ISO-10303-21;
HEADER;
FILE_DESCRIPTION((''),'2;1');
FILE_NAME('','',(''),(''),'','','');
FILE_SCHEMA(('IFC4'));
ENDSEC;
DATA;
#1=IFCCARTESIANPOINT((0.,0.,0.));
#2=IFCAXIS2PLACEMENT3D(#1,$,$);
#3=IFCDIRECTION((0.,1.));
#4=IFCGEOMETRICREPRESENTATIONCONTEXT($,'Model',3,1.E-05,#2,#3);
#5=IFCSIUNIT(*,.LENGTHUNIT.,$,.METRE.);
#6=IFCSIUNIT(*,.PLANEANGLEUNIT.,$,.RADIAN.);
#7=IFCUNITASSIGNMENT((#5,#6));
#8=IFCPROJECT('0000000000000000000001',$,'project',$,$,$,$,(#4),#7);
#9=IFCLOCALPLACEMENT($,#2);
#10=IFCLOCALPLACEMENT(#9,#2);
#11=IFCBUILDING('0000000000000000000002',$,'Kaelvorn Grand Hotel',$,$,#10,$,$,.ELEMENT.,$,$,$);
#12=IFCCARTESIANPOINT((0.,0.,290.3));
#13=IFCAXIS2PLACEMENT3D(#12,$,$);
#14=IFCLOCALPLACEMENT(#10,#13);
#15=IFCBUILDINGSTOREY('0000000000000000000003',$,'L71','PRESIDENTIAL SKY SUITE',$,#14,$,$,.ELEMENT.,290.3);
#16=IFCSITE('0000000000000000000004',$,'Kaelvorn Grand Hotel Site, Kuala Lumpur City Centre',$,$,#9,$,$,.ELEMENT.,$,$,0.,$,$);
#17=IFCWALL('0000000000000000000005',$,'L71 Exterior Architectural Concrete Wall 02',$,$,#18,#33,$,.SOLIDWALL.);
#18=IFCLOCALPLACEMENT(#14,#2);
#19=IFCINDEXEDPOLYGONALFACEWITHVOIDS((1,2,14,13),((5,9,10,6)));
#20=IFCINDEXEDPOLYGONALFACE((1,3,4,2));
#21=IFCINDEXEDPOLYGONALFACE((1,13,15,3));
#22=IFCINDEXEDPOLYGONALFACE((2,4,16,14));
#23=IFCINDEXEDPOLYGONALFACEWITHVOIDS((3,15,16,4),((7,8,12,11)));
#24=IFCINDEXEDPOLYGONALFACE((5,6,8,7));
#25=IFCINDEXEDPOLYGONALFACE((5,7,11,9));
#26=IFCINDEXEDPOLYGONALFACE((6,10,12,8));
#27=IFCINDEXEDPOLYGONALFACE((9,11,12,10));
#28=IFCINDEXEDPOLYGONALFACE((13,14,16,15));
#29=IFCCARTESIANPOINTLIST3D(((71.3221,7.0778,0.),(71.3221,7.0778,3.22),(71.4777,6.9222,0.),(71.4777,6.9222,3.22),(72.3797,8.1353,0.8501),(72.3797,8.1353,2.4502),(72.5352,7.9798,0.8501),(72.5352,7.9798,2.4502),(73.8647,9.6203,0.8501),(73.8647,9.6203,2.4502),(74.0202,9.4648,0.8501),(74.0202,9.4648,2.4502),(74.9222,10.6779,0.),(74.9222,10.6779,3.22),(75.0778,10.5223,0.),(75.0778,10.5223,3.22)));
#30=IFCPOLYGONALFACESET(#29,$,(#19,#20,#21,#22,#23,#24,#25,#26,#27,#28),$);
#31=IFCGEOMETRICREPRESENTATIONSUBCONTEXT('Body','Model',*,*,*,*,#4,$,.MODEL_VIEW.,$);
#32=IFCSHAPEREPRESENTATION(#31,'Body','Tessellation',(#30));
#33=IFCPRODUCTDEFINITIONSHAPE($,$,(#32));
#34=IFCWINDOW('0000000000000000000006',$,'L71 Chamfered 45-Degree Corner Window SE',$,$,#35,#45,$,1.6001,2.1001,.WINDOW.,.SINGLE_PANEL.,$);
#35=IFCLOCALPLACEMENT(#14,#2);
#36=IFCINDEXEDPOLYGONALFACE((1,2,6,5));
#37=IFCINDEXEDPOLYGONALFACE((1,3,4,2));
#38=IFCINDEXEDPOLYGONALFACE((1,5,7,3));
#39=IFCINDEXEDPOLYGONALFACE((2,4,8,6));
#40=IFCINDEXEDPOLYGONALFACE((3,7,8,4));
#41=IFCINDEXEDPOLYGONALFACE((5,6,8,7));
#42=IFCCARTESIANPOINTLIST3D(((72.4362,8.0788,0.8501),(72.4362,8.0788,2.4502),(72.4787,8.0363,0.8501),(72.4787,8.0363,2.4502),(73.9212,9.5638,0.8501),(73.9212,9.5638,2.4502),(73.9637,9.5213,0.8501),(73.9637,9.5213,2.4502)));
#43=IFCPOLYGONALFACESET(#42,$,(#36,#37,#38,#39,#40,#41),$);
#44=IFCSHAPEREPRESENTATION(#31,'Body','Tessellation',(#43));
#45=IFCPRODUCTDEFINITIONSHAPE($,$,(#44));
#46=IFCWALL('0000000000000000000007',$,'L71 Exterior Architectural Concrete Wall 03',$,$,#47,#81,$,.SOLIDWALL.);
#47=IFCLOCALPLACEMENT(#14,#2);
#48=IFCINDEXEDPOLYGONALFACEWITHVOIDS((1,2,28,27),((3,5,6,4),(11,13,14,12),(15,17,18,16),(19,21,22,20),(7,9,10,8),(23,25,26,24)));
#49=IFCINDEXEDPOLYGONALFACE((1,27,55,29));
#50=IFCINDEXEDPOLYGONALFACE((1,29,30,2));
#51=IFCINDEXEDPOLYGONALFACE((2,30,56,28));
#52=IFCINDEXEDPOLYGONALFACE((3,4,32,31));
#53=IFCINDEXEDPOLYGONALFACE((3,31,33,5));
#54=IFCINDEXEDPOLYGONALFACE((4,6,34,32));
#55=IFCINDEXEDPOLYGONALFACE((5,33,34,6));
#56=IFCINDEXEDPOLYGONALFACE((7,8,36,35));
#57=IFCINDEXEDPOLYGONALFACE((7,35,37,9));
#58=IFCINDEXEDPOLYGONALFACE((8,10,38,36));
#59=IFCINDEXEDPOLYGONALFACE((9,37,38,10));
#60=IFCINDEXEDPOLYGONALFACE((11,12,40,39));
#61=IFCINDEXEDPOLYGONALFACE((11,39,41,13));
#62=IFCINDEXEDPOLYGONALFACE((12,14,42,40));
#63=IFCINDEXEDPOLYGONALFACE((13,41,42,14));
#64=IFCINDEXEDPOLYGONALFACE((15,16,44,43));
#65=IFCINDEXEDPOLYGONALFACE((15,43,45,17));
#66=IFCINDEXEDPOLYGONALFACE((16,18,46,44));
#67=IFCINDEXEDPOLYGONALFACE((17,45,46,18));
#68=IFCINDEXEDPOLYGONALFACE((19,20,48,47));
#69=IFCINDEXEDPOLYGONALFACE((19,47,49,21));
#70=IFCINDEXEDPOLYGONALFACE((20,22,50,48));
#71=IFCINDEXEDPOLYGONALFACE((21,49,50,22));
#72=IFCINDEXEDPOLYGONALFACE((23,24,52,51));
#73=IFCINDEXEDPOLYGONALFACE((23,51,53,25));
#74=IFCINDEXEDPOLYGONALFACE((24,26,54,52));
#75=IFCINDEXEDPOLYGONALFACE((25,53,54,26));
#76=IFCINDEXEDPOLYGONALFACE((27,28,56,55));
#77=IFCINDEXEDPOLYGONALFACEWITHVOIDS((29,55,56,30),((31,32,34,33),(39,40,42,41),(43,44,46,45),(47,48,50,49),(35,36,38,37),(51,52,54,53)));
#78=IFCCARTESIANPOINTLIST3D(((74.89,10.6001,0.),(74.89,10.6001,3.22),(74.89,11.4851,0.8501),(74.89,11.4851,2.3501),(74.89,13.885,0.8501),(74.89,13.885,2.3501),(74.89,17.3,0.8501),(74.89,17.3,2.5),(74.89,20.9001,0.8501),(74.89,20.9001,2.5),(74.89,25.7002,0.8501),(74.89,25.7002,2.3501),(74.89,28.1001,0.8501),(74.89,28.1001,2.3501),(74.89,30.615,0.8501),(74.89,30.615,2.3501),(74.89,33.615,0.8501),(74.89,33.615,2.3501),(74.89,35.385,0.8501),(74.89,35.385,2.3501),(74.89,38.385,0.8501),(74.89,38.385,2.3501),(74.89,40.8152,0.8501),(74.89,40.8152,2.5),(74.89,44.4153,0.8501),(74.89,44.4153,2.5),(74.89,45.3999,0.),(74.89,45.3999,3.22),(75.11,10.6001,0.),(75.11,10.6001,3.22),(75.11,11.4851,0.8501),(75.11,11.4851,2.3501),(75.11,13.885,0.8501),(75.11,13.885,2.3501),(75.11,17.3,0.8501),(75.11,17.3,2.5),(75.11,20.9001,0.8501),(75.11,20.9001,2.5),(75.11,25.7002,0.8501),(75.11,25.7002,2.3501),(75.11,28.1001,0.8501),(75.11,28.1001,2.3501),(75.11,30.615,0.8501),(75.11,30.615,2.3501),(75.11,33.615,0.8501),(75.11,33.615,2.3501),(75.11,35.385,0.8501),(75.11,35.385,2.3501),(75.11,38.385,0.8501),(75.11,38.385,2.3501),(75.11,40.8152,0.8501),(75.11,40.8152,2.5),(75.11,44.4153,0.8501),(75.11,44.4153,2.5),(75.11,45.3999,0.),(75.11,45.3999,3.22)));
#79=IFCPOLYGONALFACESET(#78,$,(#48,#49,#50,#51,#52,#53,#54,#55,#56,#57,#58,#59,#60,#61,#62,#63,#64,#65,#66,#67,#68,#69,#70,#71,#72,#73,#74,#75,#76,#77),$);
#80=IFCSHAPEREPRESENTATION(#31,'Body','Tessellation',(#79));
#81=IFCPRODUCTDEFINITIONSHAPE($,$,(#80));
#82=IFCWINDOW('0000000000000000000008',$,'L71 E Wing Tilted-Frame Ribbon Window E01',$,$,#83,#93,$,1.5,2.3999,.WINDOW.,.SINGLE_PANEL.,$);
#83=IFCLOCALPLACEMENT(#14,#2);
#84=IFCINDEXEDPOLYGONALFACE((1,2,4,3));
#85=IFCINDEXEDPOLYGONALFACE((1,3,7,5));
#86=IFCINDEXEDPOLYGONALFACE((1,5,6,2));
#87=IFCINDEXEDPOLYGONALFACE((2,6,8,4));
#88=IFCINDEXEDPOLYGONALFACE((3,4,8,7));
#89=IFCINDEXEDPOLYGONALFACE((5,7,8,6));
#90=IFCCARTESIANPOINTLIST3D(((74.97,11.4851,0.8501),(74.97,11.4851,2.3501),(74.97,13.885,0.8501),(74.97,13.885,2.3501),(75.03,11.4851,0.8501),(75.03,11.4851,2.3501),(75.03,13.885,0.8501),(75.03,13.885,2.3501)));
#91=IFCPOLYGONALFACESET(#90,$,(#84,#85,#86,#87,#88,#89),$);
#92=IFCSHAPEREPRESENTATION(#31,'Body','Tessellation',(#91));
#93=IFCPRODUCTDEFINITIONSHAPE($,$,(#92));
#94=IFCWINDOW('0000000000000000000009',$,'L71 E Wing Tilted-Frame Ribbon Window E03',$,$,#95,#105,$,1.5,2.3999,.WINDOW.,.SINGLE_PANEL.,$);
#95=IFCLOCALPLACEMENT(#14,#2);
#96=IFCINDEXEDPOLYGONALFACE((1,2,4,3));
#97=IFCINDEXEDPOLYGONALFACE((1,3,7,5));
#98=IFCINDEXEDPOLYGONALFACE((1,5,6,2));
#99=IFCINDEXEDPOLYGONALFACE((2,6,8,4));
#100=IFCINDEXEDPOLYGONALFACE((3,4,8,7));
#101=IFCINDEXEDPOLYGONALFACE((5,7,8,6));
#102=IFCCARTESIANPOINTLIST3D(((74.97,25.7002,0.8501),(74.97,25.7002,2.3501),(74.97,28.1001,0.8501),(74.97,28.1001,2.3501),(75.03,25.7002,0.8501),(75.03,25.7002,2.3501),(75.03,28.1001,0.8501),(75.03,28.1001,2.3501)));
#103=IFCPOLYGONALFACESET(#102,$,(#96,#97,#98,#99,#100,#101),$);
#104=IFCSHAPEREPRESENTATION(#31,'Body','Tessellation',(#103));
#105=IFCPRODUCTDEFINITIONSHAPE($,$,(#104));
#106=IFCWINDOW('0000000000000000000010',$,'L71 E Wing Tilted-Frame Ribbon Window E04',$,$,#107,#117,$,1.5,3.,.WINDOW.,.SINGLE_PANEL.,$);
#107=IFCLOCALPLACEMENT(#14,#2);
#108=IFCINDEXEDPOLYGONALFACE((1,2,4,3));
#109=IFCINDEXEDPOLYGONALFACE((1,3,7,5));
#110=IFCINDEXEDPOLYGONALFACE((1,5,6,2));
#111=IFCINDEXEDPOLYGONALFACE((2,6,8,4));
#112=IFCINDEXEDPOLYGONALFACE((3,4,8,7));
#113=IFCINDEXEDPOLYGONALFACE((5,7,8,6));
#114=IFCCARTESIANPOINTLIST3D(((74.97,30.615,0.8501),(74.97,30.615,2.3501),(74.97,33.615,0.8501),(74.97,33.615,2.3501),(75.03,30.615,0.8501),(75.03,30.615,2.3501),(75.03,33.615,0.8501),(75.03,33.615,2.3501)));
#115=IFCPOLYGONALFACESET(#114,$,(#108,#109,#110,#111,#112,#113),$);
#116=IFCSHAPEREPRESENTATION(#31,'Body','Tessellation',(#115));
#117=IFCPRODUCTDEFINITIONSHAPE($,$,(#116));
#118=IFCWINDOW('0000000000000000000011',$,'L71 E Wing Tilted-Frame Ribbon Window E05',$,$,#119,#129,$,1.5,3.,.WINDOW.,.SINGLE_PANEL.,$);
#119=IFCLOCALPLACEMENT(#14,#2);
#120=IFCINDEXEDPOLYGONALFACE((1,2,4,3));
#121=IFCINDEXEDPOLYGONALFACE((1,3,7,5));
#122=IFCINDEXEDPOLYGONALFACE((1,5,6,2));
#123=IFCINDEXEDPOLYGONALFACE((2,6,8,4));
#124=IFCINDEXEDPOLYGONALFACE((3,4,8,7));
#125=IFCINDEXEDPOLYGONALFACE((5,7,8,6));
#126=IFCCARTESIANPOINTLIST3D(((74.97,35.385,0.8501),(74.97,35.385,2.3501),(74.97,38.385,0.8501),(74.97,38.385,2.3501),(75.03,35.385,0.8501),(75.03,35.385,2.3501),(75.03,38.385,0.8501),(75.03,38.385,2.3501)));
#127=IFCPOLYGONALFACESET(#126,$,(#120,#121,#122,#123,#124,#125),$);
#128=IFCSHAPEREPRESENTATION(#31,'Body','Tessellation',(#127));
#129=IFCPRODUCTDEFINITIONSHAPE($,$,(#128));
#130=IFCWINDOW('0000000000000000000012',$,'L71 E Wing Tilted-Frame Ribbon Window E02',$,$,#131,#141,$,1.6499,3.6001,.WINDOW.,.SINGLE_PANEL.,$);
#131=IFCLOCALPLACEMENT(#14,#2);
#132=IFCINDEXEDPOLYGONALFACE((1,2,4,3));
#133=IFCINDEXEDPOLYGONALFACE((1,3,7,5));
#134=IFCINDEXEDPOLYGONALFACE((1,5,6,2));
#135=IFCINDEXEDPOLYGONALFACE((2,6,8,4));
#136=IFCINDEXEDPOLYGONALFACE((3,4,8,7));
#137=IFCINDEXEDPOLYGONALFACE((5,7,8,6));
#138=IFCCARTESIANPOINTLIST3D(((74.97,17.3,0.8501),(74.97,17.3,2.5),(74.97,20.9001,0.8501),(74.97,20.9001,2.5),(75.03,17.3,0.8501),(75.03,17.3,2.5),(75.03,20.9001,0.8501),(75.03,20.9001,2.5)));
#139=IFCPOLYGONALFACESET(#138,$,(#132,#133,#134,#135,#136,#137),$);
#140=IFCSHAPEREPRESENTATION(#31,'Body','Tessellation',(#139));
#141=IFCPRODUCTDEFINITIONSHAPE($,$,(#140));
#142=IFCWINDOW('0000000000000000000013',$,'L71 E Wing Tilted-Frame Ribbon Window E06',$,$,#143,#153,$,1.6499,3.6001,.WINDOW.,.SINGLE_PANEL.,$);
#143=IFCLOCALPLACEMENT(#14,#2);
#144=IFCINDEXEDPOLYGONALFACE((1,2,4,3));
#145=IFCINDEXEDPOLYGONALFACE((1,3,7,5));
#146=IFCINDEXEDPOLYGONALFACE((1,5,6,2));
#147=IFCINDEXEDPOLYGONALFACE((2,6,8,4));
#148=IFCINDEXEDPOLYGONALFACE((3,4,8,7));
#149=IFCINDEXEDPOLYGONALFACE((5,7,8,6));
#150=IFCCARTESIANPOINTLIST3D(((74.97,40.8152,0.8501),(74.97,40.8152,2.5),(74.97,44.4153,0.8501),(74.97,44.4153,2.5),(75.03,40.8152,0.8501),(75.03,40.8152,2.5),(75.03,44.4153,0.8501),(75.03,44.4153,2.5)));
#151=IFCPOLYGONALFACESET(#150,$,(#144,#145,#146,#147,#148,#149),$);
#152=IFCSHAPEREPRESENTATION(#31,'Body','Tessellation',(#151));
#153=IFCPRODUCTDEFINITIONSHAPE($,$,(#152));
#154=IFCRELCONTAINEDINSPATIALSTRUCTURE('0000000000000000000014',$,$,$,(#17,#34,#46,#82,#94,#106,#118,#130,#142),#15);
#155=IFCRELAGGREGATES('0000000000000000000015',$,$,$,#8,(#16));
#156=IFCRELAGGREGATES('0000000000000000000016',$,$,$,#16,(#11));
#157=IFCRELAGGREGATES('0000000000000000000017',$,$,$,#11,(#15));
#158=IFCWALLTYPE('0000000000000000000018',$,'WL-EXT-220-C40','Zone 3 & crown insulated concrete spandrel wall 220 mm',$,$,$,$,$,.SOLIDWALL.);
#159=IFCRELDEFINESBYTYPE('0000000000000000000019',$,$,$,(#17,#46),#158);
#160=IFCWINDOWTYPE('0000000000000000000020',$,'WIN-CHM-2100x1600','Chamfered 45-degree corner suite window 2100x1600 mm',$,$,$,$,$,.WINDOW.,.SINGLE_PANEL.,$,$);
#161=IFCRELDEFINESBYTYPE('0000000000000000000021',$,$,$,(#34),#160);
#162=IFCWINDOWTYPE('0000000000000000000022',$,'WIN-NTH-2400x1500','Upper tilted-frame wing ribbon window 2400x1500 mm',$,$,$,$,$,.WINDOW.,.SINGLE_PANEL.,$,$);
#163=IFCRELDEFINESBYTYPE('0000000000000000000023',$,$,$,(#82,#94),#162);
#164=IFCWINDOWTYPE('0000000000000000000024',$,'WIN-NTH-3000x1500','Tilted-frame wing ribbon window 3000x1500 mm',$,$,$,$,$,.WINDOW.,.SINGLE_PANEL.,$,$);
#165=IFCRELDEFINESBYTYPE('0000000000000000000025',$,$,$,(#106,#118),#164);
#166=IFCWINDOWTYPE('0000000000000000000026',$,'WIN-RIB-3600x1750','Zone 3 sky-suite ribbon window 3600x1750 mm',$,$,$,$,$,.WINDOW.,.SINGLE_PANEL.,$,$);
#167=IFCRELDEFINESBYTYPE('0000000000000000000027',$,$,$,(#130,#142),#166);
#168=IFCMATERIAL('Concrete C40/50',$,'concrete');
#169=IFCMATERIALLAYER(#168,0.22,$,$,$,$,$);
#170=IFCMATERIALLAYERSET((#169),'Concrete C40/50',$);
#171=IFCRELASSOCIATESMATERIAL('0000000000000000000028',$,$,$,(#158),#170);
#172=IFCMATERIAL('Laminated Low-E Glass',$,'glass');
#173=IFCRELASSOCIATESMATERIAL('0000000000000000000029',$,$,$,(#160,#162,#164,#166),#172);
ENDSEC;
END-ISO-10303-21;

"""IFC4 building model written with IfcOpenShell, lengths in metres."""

from ifc_helpers import new_model, si_unit, direction, frame, frame_2d, origin, place, context, subcontext, project, spatial, rectangle, extrude, material, layer, layer_set, type_object, element, fill, save


model = new_model("IFC4")

# Units and contexts
model_context = context("Model", 3, precision=1e-05, world=origin(), true_north=direction((0.0, 1.0)))
body_context = subcontext(model_context, "Body", "Model", "MODEL_VIEW")
ifc_project = project(units=[si_unit("LENGTHUNIT", "METRE"), si_unit("PLANEANGLEUNIT", "RADIAN")], contexts=[model_context])

# Site, building, storey
site_placement = place(None, origin())
site = spatial("IfcSite", under=ifc_project, at=site_placement, Name="Kaelvorn Grand Hotel Site, Kuala Lumpur City Centre", CompositionType="ELEMENT", RefElevation=0.0)
building_placement = place(site_placement, origin())
building = spatial("IfcBuilding", under=site, at=building_placement, Name="Kaelvorn Grand Hotel", CompositionType="ELEMENT")
storey_placement = place(building_placement, frame((0.0, 0.0, 290.3)))
storey = spatial("IfcBuildingStorey", under=building, at=storey_placement, Name="L71", Description="PRESIDENTIAL SKY SUITE", CompositionType="ELEMENT", Elevation=290.3)

# Shared definitions
ifc_material_1 = material(Name="Concrete C40/50", Category="concrete")

# Wall, opening, window
ifc_layer_1 = layer(ifc_material_1, 0.22)
ifc_layer_set_1 = layer_set([ifc_layer_1], Name="Concrete C40/50")
wall_type = type_object("IfcWallType", Name="WL-EXT-220-C40", Description="Zone 3 & crown insulated concrete spandrel wall 220 mm", PredefinedType="SOLIDWALL", material=ifc_layer_set_1)
wall_1_placement = place(storey_placement, frame((71.3999, 7.0, 0.0), z_axis=(0.0, 0.0, 1.0), x_axis=(0.707107, 0.707107, 0.0)))
wall_1 = element("IfcWall", 1, at=wall_1_placement, inside=storey, type_object=wall_type, Name="L71 Exterior Architectural Concrete Wall 02", PredefinedType="SOLIDWALL", context=body_context, shape_type="SweptSolid", body=[
    extrude(rectangle(XDim=5.0913, YDim=0.22, at=frame_2d((2.5457, 0.0))), origin(), (0.0, 0.0, 1.0), 3.22),
])
opening_1_placement = place(wall_1_placement, frame((1.4956, 0.0, 0.8501)))
opening_1 = element("IfcOpeningElement", 2, at=opening_1_placement, cuts=wall_1, PredefinedType="OPENING", context=body_context, shape_type="SweptSolid", body=[
    extrude(rectangle(XDim=2.1001, YDim=1.6001, at=frame_2d((1.05, 0.8))), frame((0.0, 0.1201, 0.0), z_axis=(0.0, -1.0, 0.0), x_axis=(1.0, 0.0, 0.0)), (0.0, 0.0, 1.0), 0.24),
])
ifc_material_2 = material(Name="Laminated Low-E Glass", Category="glass")
window_type_1 = type_object("IfcWindowType", Name="WIN-CHM-2100x1600", Description="Chamfered 45-degree corner suite window 2100x1600 mm", PartitioningType="SINGLE_PANEL", PredefinedType="WINDOW", material=ifc_material_2)
window_1_placement = place(opening_1_placement, origin())
window_1 = element("IfcWindow", 3, at=window_1_placement, inside=storey, type_object=window_type_1, Name="L71 Chamfered 45-Degree Corner Window SE", OverallHeight=1.6001, OverallWidth=2.1001, PartitioningType="SINGLE_PANEL", PredefinedType="WINDOW", context=body_context, shape_type="SweptSolid", body=[
    extrude(rectangle(XDim=2.1001, YDim=1.6001, at=frame_2d((1.05, 0.8))), frame((0.0, 0.03, 0.0), z_axis=(0.0, -1.0, 0.0), x_axis=(1.0, 0.0, 0.0)), (0.0, 0.0, 1.0), 0.0601),
])
fill(opening_1, window_1)

# Wall, openings, windows
wall_2_placement = place(storey_placement, frame((75.0, 10.6001, 0.0), z_axis=(0.0, 0.0, 1.0), x_axis=(0.0, 1.0, 0.0)))
wall_2 = element("IfcWall", 4, at=wall_2_placement, inside=storey, type_object=wall_type, Name="L71 Exterior Architectural Concrete Wall 03", PredefinedType="SOLIDWALL", context=body_context, shape_type="SweptSolid", body=[
    extrude(rectangle(XDim=34.7998, YDim=0.22, at=frame_2d((17.3999, 0.0))), origin(), (0.0, 0.0, 1.0), 3.22),
])
opening_2_placement = place(wall_2_placement, frame((0.885, 0.0, 0.8501)))
opening_2 = element("IfcOpeningElement", 5, at=opening_2_placement, cuts=wall_2, PredefinedType="OPENING", context=body_context, shape_type="SweptSolid", body=[
    extrude(rectangle(XDim=2.3999, YDim=1.5, at=frame_2d((1.2, 0.75))), frame((0.0, 0.1201, 0.0), z_axis=(0.0, -1.0, 0.0), x_axis=(1.0, 0.0, 0.0)), (0.0, 0.0, 1.0), 0.24),
])
opening_3_placement = place(wall_2_placement, frame((6.7, 0.0, 0.8501)))
opening_3 = element("IfcOpeningElement", 6, at=opening_3_placement, cuts=wall_2, PredefinedType="OPENING", context=body_context, shape_type="SweptSolid", body=[
    extrude(rectangle(XDim=3.6001, YDim=1.6499, at=frame_2d((1.8, 0.825))), frame((0.0, 0.1201, 0.0), z_axis=(0.0, -1.0, 0.0), x_axis=(1.0, 0.0, 0.0)), (0.0, 0.0, 1.0), 0.24),
])
opening_4_placement = place(wall_2_placement, frame((15.1001, 0.0, 0.8501)))
opening_4 = element("IfcOpeningElement", 7, at=opening_4_placement, cuts=wall_2, PredefinedType="OPENING", context=body_context, shape_type="SweptSolid", body=[
    extrude(rectangle(XDim=2.3999, YDim=1.5, at=frame_2d((1.2, 0.75))), frame((0.0, 0.1201, 0.0), z_axis=(0.0, -1.0, 0.0), x_axis=(1.0, 0.0, 0.0)), (0.0, 0.0, 1.0), 0.24),
])
opening_5_placement = place(wall_2_placement, frame((20.0149, 0.0, 0.8501)))
opening_5 = element("IfcOpeningElement", 8, at=opening_5_placement, cuts=wall_2, PredefinedType="OPENING", context=body_context, shape_type="SweptSolid", body=[
    extrude(rectangle(XDim=3.0, YDim=1.5, at=frame_2d((1.5, 0.75))), frame((0.0, 0.1201, 0.0), z_axis=(0.0, -1.0, 0.0), x_axis=(1.0, 0.0, 0.0)), (0.0, 0.0, 1.0), 0.24),
])
opening_6_placement = place(wall_2_placement, frame((24.7849, 0.0, 0.8501)))
opening_6 = element("IfcOpeningElement", 9, at=opening_6_placement, cuts=wall_2, PredefinedType="OPENING", context=body_context, shape_type="SweptSolid", body=[
    extrude(rectangle(XDim=3.0, YDim=1.5, at=frame_2d((1.5, 0.75))), frame((0.0, 0.1201, 0.0), z_axis=(0.0, -1.0, 0.0), x_axis=(1.0, 0.0, 0.0)), (0.0, 0.0, 1.0), 0.24),
])
opening_7_placement = place(wall_2_placement, frame((30.2151, 0.0, 0.8501)))
opening_7 = element("IfcOpeningElement", 10, at=opening_7_placement, cuts=wall_2, PredefinedType="OPENING", context=body_context, shape_type="SweptSolid", body=[
    extrude(rectangle(XDim=3.6001, YDim=1.6499, at=frame_2d((1.8, 0.825))), frame((0.0, 0.1201, 0.0), z_axis=(0.0, -1.0, 0.0), x_axis=(1.0, 0.0, 0.0)), (0.0, 0.0, 1.0), 0.24),
])
window_type_2 = type_object("IfcWindowType", Name="WIN-NTH-2400x1500", Description="Upper tilted-frame wing ribbon window 2400x1500 mm", PartitioningType="SINGLE_PANEL", PredefinedType="WINDOW", material=ifc_material_2)
window_2_placement = place(opening_2_placement, origin())
window_2 = element("IfcWindow", 11, at=window_2_placement, inside=storey, type_object=window_type_2, Name="L71 E Wing Tilted-Frame Ribbon Window E01", OverallHeight=1.5, OverallWidth=2.3999, PartitioningType="SINGLE_PANEL", PredefinedType="WINDOW", context=body_context, shape_type="SweptSolid", body=[
    extrude(rectangle(XDim=2.3999, YDim=1.5, at=frame_2d((1.2, 0.75))), frame((0.0, 0.03, 0.0), z_axis=(0.0, -1.0, 0.0), x_axis=(1.0, 0.0, 0.0)), (0.0, 0.0, 1.0), 0.0601),
])
fill(opening_2, window_2)
window_3_placement = place(opening_4_placement, origin())
window_3 = element("IfcWindow", 12, at=window_3_placement, inside=storey, type_object=window_type_2, Name="L71 E Wing Tilted-Frame Ribbon Window E03", OverallHeight=1.5, OverallWidth=2.3999, PartitioningType="SINGLE_PANEL", PredefinedType="WINDOW", context=body_context, shape_type="SweptSolid", body=[
    extrude(rectangle(XDim=2.3999, YDim=1.5, at=frame_2d((1.2, 0.75))), frame((0.0, 0.03, 0.0), z_axis=(0.0, -1.0, 0.0), x_axis=(1.0, 0.0, 0.0)), (0.0, 0.0, 1.0), 0.0601),
])
fill(opening_4, window_3)
window_type_3 = type_object("IfcWindowType", Name="WIN-NTH-3000x1500", Description="Tilted-frame wing ribbon window 3000x1500 mm", PartitioningType="SINGLE_PANEL", PredefinedType="WINDOW", material=ifc_material_2)
window_4_placement = place(opening_5_placement, origin())
window_4 = element("IfcWindow", 13, at=window_4_placement, inside=storey, type_object=window_type_3, Name="L71 E Wing Tilted-Frame Ribbon Window E04", OverallHeight=1.5, OverallWidth=3.0, PartitioningType="SINGLE_PANEL", PredefinedType="WINDOW", context=body_context, shape_type="SweptSolid", body=[
    extrude(rectangle(XDim=3.0, YDim=1.5, at=frame_2d((1.5, 0.75))), frame((0.0, 0.03, 0.0), z_axis=(0.0, -1.0, 0.0), x_axis=(1.0, 0.0, 0.0)), (0.0, 0.0, 1.0), 0.0601),
])
fill(opening_5, window_4)
window_5_placement = place(opening_6_placement, origin())
window_5 = element("IfcWindow", 14, at=window_5_placement, inside=storey, type_object=window_type_3, Name="L71 E Wing Tilted-Frame Ribbon Window E05", OverallHeight=1.5, OverallWidth=3.0, PartitioningType="SINGLE_PANEL", PredefinedType="WINDOW", context=body_context, shape_type="SweptSolid", body=[
    extrude(rectangle(XDim=3.0, YDim=1.5, at=frame_2d((1.5, 0.75))), frame((0.0, 0.03, 0.0), z_axis=(0.0, -1.0, 0.0), x_axis=(1.0, 0.0, 0.0)), (0.0, 0.0, 1.0), 0.0601),
])
fill(opening_6, window_5)
window_type_4 = type_object("IfcWindowType", Name="WIN-RIB-3600x1750", Description="Zone 3 sky-suite ribbon window 3600x1750 mm", PartitioningType="SINGLE_PANEL", PredefinedType="WINDOW", material=ifc_material_2)
window_6_placement = place(opening_3_placement, origin())
window_6 = element("IfcWindow", 15, at=window_6_placement, inside=storey, type_object=window_type_4, Name="L71 E Wing Tilted-Frame Ribbon Window E02", OverallHeight=1.6499, OverallWidth=3.6001, PartitioningType="SINGLE_PANEL", PredefinedType="WINDOW", context=body_context, shape_type="SweptSolid", body=[
    extrude(rectangle(XDim=3.6001, YDim=1.6499, at=frame_2d((1.8, 0.825))), frame((0.0, 0.03, 0.0), z_axis=(0.0, -1.0, 0.0), x_axis=(1.0, 0.0, 0.0)), (0.0, 0.0, 1.0), 0.0601),
])
fill(opening_3, window_6)
window_7_placement = place(opening_7_placement, origin())
window_7 = element("IfcWindow", 16, at=window_7_placement, inside=storey, type_object=window_type_4, Name="L71 E Wing Tilted-Frame Ribbon Window E06", OverallHeight=1.6499, OverallWidth=3.6001, PartitioningType="SINGLE_PANEL", PredefinedType="WINDOW", context=body_context, shape_type="SweptSolid", body=[
    extrude(rectangle(XDim=3.6001, YDim=1.6499, at=frame_2d((1.8, 0.825))), frame((0.0, 0.03, 0.0), z_axis=(0.0, -1.0, 0.0), x_axis=(1.0, 0.0, 0.0)), (0.0, 0.0, 1.0), 0.0601),
])
fill(opening_7, window_7)

save(model, "model.ifc")
